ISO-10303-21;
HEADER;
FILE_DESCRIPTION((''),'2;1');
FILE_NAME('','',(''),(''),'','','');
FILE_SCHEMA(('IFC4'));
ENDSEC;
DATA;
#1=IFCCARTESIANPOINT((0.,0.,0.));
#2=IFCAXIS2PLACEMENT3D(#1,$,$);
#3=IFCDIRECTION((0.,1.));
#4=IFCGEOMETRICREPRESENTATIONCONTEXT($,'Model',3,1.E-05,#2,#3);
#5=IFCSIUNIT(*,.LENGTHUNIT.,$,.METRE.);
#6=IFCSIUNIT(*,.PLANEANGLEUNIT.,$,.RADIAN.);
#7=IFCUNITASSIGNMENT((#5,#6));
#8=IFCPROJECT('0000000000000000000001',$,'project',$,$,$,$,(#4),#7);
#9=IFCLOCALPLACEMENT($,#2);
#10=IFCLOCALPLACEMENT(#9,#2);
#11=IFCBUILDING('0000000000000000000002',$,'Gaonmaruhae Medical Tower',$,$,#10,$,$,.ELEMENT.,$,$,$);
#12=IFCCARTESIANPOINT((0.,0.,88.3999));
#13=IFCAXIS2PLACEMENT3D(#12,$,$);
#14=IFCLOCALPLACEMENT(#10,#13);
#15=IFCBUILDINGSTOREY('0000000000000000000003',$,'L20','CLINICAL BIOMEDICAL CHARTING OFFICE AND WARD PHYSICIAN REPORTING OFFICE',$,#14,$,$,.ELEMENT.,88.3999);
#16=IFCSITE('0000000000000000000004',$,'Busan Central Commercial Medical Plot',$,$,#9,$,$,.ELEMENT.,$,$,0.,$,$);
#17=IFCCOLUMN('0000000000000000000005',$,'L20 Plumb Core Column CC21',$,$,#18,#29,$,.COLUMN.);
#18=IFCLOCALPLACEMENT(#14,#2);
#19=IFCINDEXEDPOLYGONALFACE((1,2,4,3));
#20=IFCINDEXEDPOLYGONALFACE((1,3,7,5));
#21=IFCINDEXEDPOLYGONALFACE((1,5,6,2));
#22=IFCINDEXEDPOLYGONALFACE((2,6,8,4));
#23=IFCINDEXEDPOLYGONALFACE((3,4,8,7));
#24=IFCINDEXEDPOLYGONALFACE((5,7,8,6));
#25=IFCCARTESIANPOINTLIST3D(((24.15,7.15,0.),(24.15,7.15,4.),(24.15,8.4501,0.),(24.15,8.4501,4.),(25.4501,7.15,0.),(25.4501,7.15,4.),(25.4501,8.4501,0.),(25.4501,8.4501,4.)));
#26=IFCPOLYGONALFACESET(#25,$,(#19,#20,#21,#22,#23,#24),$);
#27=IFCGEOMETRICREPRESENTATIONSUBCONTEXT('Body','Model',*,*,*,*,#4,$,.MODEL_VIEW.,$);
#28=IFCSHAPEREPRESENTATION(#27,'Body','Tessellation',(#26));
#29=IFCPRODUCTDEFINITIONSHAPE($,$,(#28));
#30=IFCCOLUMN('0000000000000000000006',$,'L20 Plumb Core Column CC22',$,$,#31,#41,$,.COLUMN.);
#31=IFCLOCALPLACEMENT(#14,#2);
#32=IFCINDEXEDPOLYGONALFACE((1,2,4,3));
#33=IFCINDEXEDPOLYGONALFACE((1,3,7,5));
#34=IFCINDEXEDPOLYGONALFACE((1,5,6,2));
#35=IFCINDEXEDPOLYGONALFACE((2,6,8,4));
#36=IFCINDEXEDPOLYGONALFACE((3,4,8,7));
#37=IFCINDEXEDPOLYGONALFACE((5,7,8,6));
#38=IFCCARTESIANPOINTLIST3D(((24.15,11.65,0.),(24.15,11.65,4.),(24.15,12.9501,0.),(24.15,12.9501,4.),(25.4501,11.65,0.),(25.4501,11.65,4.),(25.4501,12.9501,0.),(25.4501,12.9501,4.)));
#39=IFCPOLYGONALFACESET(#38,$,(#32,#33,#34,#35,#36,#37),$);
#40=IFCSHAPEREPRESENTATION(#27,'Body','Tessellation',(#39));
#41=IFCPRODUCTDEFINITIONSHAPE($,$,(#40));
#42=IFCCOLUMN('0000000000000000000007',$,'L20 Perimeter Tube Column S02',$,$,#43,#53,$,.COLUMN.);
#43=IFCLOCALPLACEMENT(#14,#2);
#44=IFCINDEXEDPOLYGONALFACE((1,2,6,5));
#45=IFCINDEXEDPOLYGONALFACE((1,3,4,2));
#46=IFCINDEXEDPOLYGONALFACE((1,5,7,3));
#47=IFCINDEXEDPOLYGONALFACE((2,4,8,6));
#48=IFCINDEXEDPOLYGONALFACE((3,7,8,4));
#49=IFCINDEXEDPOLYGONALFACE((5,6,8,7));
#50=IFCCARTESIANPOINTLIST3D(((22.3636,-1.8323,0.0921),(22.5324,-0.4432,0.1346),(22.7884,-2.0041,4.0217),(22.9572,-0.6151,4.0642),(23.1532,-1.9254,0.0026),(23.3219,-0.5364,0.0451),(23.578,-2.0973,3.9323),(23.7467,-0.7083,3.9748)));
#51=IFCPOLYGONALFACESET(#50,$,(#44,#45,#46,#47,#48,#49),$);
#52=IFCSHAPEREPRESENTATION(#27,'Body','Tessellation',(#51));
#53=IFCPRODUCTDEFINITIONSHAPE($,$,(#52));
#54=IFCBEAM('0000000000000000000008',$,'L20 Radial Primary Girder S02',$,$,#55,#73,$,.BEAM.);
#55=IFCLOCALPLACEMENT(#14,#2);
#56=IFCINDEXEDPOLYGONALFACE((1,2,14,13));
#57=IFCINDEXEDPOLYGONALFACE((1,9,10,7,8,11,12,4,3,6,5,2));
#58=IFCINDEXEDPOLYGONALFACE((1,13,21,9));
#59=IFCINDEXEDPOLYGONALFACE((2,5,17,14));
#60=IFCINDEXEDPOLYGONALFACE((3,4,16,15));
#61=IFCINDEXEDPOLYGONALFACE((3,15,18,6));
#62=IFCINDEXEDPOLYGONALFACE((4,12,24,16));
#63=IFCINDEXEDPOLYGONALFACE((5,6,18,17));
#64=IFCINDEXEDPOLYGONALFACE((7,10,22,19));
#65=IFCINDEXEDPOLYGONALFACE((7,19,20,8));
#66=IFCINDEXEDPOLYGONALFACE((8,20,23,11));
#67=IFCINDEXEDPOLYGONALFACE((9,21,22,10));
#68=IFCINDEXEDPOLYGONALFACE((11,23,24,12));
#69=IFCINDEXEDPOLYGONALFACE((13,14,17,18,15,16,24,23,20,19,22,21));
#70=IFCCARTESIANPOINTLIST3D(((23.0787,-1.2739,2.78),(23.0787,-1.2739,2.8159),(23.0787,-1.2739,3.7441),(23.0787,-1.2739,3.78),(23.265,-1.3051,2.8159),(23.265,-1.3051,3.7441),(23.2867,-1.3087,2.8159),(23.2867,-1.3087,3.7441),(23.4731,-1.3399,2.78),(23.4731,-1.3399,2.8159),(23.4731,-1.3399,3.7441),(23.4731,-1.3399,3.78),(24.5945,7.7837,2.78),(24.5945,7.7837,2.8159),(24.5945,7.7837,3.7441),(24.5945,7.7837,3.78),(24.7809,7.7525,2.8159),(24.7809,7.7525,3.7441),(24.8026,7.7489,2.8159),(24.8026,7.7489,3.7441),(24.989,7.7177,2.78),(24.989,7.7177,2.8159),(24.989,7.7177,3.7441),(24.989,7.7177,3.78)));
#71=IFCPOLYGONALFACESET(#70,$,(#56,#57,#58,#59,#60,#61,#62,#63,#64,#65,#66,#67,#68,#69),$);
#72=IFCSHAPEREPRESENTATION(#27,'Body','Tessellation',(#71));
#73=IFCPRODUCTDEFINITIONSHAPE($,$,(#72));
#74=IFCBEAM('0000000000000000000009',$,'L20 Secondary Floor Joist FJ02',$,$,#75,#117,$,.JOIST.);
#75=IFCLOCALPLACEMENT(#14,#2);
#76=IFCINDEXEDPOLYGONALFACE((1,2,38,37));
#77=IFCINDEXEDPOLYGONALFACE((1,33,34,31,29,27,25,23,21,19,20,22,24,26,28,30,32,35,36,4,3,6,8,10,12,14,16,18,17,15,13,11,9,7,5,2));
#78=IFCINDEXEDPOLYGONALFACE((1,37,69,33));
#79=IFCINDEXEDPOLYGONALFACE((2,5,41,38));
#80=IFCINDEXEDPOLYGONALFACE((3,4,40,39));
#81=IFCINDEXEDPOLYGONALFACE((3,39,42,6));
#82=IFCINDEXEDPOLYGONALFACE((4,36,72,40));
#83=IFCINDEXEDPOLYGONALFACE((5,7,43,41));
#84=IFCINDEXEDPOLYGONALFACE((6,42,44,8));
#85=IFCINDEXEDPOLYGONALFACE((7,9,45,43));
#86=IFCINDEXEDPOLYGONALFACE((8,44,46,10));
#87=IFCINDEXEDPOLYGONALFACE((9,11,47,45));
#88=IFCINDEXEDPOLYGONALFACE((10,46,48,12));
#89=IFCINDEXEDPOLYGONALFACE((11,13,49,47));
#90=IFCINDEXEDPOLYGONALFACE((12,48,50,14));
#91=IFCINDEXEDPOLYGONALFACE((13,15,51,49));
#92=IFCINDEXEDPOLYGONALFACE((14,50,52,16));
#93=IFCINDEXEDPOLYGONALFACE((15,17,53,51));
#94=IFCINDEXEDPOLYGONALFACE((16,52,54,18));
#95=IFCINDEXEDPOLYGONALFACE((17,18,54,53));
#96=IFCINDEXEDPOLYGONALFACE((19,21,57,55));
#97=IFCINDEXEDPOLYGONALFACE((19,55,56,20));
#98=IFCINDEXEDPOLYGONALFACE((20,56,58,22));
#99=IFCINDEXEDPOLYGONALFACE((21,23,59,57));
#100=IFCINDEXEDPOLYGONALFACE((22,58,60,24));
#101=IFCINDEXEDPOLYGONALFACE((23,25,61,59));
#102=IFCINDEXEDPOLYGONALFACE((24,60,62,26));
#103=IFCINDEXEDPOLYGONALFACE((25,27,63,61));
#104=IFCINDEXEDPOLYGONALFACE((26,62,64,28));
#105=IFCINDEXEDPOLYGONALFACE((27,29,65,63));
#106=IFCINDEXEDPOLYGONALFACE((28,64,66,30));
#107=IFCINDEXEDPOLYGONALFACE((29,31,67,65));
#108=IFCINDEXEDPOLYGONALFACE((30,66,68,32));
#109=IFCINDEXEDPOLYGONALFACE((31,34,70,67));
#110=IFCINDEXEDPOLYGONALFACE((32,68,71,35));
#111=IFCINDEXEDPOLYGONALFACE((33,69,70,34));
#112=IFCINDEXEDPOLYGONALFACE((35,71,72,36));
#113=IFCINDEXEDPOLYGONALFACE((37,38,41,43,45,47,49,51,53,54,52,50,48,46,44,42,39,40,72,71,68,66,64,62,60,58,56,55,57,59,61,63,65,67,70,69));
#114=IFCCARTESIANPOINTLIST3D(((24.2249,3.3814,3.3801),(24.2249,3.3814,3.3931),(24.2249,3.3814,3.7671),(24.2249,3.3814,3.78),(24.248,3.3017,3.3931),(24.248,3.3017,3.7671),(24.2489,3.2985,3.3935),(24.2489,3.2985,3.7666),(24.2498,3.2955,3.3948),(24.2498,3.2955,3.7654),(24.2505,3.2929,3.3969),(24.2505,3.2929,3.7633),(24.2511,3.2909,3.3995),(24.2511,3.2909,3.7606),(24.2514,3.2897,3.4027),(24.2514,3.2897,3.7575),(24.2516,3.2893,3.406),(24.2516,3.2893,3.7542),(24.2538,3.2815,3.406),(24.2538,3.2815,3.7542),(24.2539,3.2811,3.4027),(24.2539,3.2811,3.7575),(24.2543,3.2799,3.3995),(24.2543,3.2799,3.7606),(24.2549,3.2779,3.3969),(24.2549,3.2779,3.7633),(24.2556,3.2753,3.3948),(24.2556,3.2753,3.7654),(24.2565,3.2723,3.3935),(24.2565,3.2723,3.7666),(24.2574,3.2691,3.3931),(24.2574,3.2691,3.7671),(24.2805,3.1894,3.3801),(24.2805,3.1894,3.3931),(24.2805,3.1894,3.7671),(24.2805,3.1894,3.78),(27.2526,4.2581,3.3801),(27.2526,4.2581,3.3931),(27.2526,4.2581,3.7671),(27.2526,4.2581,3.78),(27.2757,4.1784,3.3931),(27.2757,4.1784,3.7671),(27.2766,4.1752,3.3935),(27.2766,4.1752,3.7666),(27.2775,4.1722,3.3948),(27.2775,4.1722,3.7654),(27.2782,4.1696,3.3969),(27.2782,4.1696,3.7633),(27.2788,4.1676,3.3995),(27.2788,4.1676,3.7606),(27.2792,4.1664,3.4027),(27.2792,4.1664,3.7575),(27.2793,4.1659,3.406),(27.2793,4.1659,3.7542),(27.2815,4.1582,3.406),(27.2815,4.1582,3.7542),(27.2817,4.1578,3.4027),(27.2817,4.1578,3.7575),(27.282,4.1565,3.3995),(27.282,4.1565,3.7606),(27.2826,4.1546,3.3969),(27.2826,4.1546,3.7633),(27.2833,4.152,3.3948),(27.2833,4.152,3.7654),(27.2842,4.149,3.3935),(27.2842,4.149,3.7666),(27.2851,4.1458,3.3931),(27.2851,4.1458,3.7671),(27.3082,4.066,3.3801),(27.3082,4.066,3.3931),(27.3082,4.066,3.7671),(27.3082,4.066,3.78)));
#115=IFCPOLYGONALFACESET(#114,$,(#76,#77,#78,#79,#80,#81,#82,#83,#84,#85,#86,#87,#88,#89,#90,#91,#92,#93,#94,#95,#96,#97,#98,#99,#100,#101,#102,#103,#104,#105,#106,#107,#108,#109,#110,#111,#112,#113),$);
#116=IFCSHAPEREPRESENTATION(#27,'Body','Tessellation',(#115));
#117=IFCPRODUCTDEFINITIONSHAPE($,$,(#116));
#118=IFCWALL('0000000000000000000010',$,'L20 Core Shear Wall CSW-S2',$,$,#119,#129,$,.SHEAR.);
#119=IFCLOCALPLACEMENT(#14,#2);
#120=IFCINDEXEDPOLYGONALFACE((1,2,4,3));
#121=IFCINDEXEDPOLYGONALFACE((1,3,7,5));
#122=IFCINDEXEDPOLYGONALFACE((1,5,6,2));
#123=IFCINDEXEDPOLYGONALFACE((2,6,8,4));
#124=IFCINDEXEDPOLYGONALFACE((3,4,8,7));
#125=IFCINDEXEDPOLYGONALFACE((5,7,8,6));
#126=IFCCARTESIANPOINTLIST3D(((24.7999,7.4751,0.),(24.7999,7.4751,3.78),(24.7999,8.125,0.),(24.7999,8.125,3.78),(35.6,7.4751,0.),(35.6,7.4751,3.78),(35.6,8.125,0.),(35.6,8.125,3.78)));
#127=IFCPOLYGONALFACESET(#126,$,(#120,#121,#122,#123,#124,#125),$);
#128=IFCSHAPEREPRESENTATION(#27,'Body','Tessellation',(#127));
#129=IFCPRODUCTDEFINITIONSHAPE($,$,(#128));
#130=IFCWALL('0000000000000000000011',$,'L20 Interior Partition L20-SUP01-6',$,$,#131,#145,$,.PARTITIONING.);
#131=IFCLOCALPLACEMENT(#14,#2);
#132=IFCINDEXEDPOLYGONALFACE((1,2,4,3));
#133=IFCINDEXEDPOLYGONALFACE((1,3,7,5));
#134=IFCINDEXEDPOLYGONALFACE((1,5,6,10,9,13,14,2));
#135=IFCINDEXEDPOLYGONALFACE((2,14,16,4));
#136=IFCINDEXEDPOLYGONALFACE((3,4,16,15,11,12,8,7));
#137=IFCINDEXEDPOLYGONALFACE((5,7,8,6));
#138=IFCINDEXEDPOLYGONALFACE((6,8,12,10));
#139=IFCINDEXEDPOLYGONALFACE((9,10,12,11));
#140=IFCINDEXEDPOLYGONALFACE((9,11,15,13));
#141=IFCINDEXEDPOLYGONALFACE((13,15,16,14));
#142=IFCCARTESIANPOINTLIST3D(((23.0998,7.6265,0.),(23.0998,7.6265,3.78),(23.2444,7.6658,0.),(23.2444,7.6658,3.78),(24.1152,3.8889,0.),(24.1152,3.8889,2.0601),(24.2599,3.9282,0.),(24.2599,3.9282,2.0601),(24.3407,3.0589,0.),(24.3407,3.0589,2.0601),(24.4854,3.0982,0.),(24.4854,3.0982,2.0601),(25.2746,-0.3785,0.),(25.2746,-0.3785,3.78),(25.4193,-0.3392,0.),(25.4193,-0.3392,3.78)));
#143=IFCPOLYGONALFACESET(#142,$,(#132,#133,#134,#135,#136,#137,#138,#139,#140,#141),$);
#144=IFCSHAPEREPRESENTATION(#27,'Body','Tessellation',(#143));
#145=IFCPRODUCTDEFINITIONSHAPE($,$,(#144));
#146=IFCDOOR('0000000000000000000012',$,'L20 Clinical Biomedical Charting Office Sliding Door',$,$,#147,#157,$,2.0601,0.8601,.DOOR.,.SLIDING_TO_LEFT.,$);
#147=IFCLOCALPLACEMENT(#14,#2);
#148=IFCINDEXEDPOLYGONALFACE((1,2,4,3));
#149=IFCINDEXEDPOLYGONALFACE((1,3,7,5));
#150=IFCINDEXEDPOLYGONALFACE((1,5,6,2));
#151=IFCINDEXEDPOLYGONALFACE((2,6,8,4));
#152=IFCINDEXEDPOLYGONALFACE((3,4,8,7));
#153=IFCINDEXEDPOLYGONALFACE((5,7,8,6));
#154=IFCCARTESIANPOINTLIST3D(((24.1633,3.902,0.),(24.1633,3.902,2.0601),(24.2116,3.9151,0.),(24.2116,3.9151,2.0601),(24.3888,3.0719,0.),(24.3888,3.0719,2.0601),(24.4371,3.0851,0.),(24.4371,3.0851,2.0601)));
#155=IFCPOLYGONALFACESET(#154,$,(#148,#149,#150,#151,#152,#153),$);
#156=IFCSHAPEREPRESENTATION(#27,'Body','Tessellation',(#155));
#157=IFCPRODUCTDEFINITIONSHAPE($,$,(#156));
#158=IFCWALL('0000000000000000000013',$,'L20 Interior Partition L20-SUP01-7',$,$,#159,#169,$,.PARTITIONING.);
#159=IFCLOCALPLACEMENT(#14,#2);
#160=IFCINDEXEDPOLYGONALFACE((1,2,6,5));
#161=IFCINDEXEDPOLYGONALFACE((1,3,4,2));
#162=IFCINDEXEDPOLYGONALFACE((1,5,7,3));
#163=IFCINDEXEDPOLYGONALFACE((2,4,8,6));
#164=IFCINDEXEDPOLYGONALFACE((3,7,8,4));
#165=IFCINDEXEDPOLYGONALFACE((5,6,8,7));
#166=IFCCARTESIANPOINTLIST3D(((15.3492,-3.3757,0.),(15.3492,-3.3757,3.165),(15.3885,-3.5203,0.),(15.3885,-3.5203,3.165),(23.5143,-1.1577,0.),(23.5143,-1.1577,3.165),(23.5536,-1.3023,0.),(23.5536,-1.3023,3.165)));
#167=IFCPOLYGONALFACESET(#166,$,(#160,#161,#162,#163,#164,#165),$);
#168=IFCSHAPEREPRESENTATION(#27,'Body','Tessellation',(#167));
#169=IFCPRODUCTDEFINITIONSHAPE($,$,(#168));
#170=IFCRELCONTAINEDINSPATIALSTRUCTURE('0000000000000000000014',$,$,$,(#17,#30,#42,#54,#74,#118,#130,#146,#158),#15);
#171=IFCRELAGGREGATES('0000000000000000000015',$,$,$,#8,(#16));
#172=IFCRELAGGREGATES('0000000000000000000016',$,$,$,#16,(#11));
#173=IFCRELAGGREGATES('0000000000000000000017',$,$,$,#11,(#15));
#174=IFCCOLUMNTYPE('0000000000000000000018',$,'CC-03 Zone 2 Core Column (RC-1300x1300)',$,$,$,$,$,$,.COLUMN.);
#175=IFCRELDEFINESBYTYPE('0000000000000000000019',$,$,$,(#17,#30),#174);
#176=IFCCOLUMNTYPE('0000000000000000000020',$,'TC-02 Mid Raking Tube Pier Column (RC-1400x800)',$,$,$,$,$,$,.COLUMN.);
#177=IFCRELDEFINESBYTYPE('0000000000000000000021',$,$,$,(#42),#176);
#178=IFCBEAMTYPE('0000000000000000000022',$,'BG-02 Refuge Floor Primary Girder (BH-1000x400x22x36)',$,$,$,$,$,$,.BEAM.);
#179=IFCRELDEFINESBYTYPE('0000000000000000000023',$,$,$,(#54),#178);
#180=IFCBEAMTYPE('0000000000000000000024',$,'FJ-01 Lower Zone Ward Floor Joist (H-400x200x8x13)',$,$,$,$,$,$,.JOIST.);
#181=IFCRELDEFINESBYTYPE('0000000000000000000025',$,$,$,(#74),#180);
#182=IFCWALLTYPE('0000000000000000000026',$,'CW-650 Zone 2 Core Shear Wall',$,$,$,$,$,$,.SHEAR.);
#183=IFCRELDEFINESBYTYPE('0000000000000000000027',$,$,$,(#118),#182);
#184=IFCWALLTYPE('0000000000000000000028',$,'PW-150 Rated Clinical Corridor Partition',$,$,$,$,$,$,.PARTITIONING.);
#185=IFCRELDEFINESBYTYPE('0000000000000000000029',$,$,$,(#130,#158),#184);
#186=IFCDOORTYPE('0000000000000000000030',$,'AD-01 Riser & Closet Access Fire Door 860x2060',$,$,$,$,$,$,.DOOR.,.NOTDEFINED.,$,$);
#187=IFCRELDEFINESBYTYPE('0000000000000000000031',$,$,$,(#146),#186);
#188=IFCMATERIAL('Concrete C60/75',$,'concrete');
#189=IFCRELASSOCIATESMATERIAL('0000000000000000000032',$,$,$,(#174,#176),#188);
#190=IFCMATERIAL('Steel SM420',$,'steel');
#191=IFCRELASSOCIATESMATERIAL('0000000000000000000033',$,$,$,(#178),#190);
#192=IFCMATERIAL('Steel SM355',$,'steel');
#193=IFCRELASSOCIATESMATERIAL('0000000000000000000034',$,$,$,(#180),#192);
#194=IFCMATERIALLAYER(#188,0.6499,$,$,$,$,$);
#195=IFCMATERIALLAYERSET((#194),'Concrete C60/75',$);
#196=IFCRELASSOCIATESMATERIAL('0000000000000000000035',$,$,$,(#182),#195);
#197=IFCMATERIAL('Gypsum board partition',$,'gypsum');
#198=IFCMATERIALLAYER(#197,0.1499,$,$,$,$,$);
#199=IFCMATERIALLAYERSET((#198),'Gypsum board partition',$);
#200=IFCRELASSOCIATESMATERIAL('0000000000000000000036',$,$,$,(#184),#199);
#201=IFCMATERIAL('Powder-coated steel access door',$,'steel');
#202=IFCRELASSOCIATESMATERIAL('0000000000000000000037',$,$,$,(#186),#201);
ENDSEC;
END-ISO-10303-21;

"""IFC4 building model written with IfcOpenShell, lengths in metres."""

from ifc_helpers import new_model, si_unit, direction, frame, frame_2d, origin, origin_2d, place, context, subcontext, project, spatial, rectangle, i_section, extrude, material, layer, layer_set, material_profile, profile_set, type_object, element, fill, save


model = new_model("IFC4")

# Units and contexts
model_context = context("Model", 3, precision=1e-05, world=origin(), true_north=direction((0.0, 1.0)))
body_context = subcontext(model_context, "Body", "Model", "MODEL_VIEW")
ifc_project = project(units=[si_unit("LENGTHUNIT", "METRE"), si_unit("PLANEANGLEUNIT", "RADIAN")], contexts=[model_context])

# Site, building, storey
site_placement = place(None, origin())
site = spatial("IfcSite", under=ifc_project, at=site_placement, Name="Busan Central Commercial Medical Plot", CompositionType="ELEMENT", RefElevation=0.0)
building_placement = place(site_placement, origin())
building = spatial("IfcBuilding", under=site, at=building_placement, Name="Gaonmaruhae Medical Tower", CompositionType="ELEMENT")
storey_placement = place(building_placement, frame((0.0, 0.0, 88.3999)))
storey = spatial("IfcBuildingStorey", under=building, at=storey_placement, Name="L20", Description="CLINICAL BIOMEDICAL CHARTING OFFICE AND WARD PHYSICIAN REPORTING OFFICE", CompositionType="ELEMENT", Elevation=88.3999)

# Columns
ifc_material_1 = material(Name="Concrete C60/75", Category="concrete")
ifc_material_profile_1 = material_profile(ifc_material_1, rectangle(XDim=1.3, YDim=1.3, at=origin_2d()), Name="RC-1300x1300")
ifc_profile_set_1 = profile_set([ifc_material_profile_1], Name="Concrete C60/75")
column_type_1 = type_object("IfcColumnType", Name="CC-03 Zone 2 Core Column (RC-1300x1300)", PredefinedType="COLUMN", material=ifc_profile_set_1)
for number, where, z_axis, x_axis, name in (
    (1, (24.8, 7.8, 0.0), (0.0, 0.0, 1.0), (1.0, 0.0, 0.0), "L20 Plumb Core Column CC21"),
    (2, (24.8, 12.3, 0.0), (0.0, 0.0, 1.0), (1.0, 0.0, 0.0), "L20 Plumb Core Column CC22"),
):
    element("IfcColumn", number, at=place(storey_placement, frame(where, z_axis=z_axis, x_axis=x_axis)), inside=storey, type_object=column_type_1, Name=name, PredefinedType="COLUMN", context=body_context, shape_type="SweptSolid", body=[
        extrude(rectangle(XDim=1.3, YDim=1.3, at=origin_2d()), origin(), (0.0, 0.0, 1.0), 4.0),
    ])
ifc_material_profile_2 = material_profile(ifc_material_1, rectangle(XDim=1.3999, YDim=0.8, at=origin_2d()), Name="RC-1400x800")
ifc_profile_set_2 = profile_set([ifc_material_profile_2], Name="Concrete C60/75")
column_type_2 = type_object("IfcColumnType", Name="TC-02 Mid Raking Tube Pier Column (RC-1400x800)", PredefinedType="COLUMN", material=ifc_profile_set_2)
column_placement = place(storey_placement, frame((22.8428, -1.1843, 0.0686), z_axis=(0.107374, -0.043443, 0.993269), x_axis=(0.120528, 0.992245, 0.030369)))
element("IfcColumn", 3, at=column_placement, inside=storey, type_object=column_type_2, Name="L20 Perimeter Tube Column S02", PredefinedType="COLUMN", context=body_context, shape_type="SweptSolid", body=[
    extrude(rectangle(XDim=1.3999, YDim=0.8, at=origin_2d()), origin(), (0.0, 0.0, 1.0), 3.9563),
])

# Beams
ifc_material_2 = material(Name="Steel SM420", Category="steel")
ifc_material_profile_3 = material_profile(ifc_material_2, i_section(OverallWidth=0.3999, OverallDepth=1.0, WebThickness=0.022, FlangeThickness=0.0359, at=origin_2d()), Name="BH-1000x400x22x36")
ifc_profile_set_3 = profile_set([ifc_material_profile_3], Name="Steel SM420")
beam_type_1 = type_object("IfcBeamType", Name="BG-02 Refuge Floor Primary Girder (BH-1000x400x22x36)", PredefinedType="BEAM", material=ifc_profile_set_3)
beam_1_placement = place(storey_placement, frame((24.7917, 7.7507, 3.28), z_axis=(-0.165063, -0.986283, 0.0), x_axis=(0.986283, -0.165063, 0.0)))
element("IfcBeam", 4, at=beam_1_placement, inside=storey, type_object=beam_type_1, Name="L20 Radial Primary Girder S02", PredefinedType="BEAM", context=body_context, shape_type="SweptSolid", body=[
    extrude(i_section(OverallWidth=0.3999, OverallDepth=1.0, WebThickness=0.022, FlangeThickness=0.0359, at=origin_2d()), origin(), (0.0, 0.0, 1.0), 9.1836),
])
ifc_material_3 = material(Name="Steel SM355", Category="steel")
ifc_material_profile_4 = material_profile(ifc_material_3, i_section(OverallWidth=0.2, OverallDepth=0.3999, WebThickness=0.0081, FlangeThickness=0.0129, FilletRadius=0.0129, at=origin_2d()), Name="H-400x200x8x13")
ifc_profile_set_4 = profile_set([ifc_material_profile_4], Name="Steel SM355")
beam_type_2 = type_object("IfcBeamType", Name="FJ-01 Lower Zone Ward Floor Joist (H-400x200x8x13)", PredefinedType="JOIST", material=ifc_profile_set_4)
beam_2_placement = place(storey_placement, frame((24.2527, 3.2854, 3.5801), z_axis=(0.960545, 0.278126, 0.0), x_axis=(-0.278126, 0.960545, 0.0)))
element("IfcBeam", 5, at=beam_2_placement, inside=storey, type_object=beam_type_2, Name="L20 Secondary Floor Joist FJ02", PredefinedType="JOIST", context=body_context, shape_type="SweptSolid", body=[
    extrude(i_section(OverallWidth=0.2, OverallDepth=0.3999, WebThickness=0.0081, FlangeThickness=0.0129, FilletRadius=0.0129, at=origin_2d()), origin(), (0.0, 0.0, 1.0), 3.1521),
])

# Wall
ifc_layer_1 = layer(ifc_material_1, 0.6499)
ifc_layer_set_1 = layer_set([ifc_layer_1], Name="Concrete C60/75")
wall_type_1 = type_object("IfcWallType", Name="CW-650 Zone 2 Core Shear Wall", PredefinedType="SHEAR", material=ifc_layer_set_1)
wall_1_placement = place(storey_placement, frame((24.8, 7.8, 0.0), z_axis=(0.0, 0.0, 1.0), x_axis=(1.0, 0.0, 0.0)))
element("IfcWall", 6, at=wall_1_placement, inside=storey, type_object=wall_type_1, Name="L20 Core Shear Wall CSW-S2", PredefinedType="SHEAR", context=body_context, shape_type="SweptSolid", body=[
    extrude(rectangle(XDim=10.8, YDim=0.6499, at=frame_2d((5.3999, 0.0))), origin(), (0.0, 0.0, 1.0), 3.78),
])

# Wall, opening, door
ifc_material_4 = material(Name="Gypsum board partition", Category="gypsum")
ifc_layer_2 = layer(ifc_material_4, 0.1499)
ifc_layer_set_2 = layer_set([ifc_layer_2], Name="Gypsum board partition")
wall_type_2 = type_object("IfcWallType", Name="PW-150 Rated Clinical Corridor Partition", PredefinedType="PARTITIONING", material=ifc_layer_set_2)
wall_2_placement = place(storey_placement, frame((23.1721, 7.646, 0.0), z_axis=(0.0, 0.0, 1.0), x_axis=(0.262181, -0.965019, 0.0)))
wall_2 = element("IfcWall", 7, at=wall_2_placement, inside=storey, type_object=wall_type_2, Name="L20 Interior Partition L20-SUP01-6", PredefinedType="PARTITIONING", context=body_context, shape_type="SweptSolid", body=[
    extrude(rectangle(XDim=8.2952, YDim=0.1499, at=frame_2d((4.1475, 0.0))), origin(), (0.0, 0.0, 1.0), 3.78),
])
opening_1_placement = place(wall_2_placement, frame((3.8728, 0.0, 0.0)))
opening_1 = element("IfcOpeningElement", 8, at=opening_1_placement, cuts=wall_2, PredefinedType="OPENING", context=body_context, shape_type="SweptSolid", body=[
    extrude(rectangle(XDim=0.8601, YDim=2.0601, at=frame_2d((0.4302, 1.03))), frame((0.0, 0.085, 0.0), z_axis=(0.0, -1.0, 0.0), x_axis=(1.0, 0.0, 0.0)), (0.0, 0.0, 1.0), 0.1699),
])
ifc_material_5 = material(Name="Powder-coated steel access door", Category="steel")
door_type_1 = type_object("IfcDoorType", Name="AD-01 Riser & Closet Access Fire Door 860x2060", OperationType="NOTDEFINED", PredefinedType="DOOR", material=ifc_material_5)
door_1_placement = place(opening_1_placement, origin())
door_1 = element("IfcDoor", 9, at=door_1_placement, inside=storey, type_object=door_type_1, Name="L20 Clinical Biomedical Charting Office Sliding Door", OperationType="SLIDING_TO_LEFT", OverallHeight=2.0601, OverallWidth=0.8601, PredefinedType="DOOR", context=body_context, shape_type="SweptSolid", body=[
    extrude(rectangle(XDim=0.8601, YDim=2.0601, at=frame_2d((0.4302, 1.03))), frame((0.0, 0.0249, 0.0), z_axis=(0.0, -1.0, 0.0), x_axis=(1.0, 0.0, 0.0)), (0.0, 0.0, 1.0), 0.05),
])
fill(opening_1, door_1)

# Wall
wall_3_placement = place(storey_placement, frame((23.5339, -1.23, 0.0), z_axis=(0.0, 0.0, 1.0), x_axis=(-0.965028, -0.262148, 0.0)))
element("IfcWall", 10, at=wall_3_placement, inside=storey, type_object=wall_type_2, Name="L20 Interior Partition L20-SUP01-7", PredefinedType="PARTITIONING", context=body_context, shape_type="SweptSolid", body=[
    extrude(rectangle(XDim=8.4609, YDim=0.1499, at=frame_2d((4.2305, 0.0))), origin(), (0.0, 0.0, 1.0), 3.165),
])

save(model, "model.ifc")
